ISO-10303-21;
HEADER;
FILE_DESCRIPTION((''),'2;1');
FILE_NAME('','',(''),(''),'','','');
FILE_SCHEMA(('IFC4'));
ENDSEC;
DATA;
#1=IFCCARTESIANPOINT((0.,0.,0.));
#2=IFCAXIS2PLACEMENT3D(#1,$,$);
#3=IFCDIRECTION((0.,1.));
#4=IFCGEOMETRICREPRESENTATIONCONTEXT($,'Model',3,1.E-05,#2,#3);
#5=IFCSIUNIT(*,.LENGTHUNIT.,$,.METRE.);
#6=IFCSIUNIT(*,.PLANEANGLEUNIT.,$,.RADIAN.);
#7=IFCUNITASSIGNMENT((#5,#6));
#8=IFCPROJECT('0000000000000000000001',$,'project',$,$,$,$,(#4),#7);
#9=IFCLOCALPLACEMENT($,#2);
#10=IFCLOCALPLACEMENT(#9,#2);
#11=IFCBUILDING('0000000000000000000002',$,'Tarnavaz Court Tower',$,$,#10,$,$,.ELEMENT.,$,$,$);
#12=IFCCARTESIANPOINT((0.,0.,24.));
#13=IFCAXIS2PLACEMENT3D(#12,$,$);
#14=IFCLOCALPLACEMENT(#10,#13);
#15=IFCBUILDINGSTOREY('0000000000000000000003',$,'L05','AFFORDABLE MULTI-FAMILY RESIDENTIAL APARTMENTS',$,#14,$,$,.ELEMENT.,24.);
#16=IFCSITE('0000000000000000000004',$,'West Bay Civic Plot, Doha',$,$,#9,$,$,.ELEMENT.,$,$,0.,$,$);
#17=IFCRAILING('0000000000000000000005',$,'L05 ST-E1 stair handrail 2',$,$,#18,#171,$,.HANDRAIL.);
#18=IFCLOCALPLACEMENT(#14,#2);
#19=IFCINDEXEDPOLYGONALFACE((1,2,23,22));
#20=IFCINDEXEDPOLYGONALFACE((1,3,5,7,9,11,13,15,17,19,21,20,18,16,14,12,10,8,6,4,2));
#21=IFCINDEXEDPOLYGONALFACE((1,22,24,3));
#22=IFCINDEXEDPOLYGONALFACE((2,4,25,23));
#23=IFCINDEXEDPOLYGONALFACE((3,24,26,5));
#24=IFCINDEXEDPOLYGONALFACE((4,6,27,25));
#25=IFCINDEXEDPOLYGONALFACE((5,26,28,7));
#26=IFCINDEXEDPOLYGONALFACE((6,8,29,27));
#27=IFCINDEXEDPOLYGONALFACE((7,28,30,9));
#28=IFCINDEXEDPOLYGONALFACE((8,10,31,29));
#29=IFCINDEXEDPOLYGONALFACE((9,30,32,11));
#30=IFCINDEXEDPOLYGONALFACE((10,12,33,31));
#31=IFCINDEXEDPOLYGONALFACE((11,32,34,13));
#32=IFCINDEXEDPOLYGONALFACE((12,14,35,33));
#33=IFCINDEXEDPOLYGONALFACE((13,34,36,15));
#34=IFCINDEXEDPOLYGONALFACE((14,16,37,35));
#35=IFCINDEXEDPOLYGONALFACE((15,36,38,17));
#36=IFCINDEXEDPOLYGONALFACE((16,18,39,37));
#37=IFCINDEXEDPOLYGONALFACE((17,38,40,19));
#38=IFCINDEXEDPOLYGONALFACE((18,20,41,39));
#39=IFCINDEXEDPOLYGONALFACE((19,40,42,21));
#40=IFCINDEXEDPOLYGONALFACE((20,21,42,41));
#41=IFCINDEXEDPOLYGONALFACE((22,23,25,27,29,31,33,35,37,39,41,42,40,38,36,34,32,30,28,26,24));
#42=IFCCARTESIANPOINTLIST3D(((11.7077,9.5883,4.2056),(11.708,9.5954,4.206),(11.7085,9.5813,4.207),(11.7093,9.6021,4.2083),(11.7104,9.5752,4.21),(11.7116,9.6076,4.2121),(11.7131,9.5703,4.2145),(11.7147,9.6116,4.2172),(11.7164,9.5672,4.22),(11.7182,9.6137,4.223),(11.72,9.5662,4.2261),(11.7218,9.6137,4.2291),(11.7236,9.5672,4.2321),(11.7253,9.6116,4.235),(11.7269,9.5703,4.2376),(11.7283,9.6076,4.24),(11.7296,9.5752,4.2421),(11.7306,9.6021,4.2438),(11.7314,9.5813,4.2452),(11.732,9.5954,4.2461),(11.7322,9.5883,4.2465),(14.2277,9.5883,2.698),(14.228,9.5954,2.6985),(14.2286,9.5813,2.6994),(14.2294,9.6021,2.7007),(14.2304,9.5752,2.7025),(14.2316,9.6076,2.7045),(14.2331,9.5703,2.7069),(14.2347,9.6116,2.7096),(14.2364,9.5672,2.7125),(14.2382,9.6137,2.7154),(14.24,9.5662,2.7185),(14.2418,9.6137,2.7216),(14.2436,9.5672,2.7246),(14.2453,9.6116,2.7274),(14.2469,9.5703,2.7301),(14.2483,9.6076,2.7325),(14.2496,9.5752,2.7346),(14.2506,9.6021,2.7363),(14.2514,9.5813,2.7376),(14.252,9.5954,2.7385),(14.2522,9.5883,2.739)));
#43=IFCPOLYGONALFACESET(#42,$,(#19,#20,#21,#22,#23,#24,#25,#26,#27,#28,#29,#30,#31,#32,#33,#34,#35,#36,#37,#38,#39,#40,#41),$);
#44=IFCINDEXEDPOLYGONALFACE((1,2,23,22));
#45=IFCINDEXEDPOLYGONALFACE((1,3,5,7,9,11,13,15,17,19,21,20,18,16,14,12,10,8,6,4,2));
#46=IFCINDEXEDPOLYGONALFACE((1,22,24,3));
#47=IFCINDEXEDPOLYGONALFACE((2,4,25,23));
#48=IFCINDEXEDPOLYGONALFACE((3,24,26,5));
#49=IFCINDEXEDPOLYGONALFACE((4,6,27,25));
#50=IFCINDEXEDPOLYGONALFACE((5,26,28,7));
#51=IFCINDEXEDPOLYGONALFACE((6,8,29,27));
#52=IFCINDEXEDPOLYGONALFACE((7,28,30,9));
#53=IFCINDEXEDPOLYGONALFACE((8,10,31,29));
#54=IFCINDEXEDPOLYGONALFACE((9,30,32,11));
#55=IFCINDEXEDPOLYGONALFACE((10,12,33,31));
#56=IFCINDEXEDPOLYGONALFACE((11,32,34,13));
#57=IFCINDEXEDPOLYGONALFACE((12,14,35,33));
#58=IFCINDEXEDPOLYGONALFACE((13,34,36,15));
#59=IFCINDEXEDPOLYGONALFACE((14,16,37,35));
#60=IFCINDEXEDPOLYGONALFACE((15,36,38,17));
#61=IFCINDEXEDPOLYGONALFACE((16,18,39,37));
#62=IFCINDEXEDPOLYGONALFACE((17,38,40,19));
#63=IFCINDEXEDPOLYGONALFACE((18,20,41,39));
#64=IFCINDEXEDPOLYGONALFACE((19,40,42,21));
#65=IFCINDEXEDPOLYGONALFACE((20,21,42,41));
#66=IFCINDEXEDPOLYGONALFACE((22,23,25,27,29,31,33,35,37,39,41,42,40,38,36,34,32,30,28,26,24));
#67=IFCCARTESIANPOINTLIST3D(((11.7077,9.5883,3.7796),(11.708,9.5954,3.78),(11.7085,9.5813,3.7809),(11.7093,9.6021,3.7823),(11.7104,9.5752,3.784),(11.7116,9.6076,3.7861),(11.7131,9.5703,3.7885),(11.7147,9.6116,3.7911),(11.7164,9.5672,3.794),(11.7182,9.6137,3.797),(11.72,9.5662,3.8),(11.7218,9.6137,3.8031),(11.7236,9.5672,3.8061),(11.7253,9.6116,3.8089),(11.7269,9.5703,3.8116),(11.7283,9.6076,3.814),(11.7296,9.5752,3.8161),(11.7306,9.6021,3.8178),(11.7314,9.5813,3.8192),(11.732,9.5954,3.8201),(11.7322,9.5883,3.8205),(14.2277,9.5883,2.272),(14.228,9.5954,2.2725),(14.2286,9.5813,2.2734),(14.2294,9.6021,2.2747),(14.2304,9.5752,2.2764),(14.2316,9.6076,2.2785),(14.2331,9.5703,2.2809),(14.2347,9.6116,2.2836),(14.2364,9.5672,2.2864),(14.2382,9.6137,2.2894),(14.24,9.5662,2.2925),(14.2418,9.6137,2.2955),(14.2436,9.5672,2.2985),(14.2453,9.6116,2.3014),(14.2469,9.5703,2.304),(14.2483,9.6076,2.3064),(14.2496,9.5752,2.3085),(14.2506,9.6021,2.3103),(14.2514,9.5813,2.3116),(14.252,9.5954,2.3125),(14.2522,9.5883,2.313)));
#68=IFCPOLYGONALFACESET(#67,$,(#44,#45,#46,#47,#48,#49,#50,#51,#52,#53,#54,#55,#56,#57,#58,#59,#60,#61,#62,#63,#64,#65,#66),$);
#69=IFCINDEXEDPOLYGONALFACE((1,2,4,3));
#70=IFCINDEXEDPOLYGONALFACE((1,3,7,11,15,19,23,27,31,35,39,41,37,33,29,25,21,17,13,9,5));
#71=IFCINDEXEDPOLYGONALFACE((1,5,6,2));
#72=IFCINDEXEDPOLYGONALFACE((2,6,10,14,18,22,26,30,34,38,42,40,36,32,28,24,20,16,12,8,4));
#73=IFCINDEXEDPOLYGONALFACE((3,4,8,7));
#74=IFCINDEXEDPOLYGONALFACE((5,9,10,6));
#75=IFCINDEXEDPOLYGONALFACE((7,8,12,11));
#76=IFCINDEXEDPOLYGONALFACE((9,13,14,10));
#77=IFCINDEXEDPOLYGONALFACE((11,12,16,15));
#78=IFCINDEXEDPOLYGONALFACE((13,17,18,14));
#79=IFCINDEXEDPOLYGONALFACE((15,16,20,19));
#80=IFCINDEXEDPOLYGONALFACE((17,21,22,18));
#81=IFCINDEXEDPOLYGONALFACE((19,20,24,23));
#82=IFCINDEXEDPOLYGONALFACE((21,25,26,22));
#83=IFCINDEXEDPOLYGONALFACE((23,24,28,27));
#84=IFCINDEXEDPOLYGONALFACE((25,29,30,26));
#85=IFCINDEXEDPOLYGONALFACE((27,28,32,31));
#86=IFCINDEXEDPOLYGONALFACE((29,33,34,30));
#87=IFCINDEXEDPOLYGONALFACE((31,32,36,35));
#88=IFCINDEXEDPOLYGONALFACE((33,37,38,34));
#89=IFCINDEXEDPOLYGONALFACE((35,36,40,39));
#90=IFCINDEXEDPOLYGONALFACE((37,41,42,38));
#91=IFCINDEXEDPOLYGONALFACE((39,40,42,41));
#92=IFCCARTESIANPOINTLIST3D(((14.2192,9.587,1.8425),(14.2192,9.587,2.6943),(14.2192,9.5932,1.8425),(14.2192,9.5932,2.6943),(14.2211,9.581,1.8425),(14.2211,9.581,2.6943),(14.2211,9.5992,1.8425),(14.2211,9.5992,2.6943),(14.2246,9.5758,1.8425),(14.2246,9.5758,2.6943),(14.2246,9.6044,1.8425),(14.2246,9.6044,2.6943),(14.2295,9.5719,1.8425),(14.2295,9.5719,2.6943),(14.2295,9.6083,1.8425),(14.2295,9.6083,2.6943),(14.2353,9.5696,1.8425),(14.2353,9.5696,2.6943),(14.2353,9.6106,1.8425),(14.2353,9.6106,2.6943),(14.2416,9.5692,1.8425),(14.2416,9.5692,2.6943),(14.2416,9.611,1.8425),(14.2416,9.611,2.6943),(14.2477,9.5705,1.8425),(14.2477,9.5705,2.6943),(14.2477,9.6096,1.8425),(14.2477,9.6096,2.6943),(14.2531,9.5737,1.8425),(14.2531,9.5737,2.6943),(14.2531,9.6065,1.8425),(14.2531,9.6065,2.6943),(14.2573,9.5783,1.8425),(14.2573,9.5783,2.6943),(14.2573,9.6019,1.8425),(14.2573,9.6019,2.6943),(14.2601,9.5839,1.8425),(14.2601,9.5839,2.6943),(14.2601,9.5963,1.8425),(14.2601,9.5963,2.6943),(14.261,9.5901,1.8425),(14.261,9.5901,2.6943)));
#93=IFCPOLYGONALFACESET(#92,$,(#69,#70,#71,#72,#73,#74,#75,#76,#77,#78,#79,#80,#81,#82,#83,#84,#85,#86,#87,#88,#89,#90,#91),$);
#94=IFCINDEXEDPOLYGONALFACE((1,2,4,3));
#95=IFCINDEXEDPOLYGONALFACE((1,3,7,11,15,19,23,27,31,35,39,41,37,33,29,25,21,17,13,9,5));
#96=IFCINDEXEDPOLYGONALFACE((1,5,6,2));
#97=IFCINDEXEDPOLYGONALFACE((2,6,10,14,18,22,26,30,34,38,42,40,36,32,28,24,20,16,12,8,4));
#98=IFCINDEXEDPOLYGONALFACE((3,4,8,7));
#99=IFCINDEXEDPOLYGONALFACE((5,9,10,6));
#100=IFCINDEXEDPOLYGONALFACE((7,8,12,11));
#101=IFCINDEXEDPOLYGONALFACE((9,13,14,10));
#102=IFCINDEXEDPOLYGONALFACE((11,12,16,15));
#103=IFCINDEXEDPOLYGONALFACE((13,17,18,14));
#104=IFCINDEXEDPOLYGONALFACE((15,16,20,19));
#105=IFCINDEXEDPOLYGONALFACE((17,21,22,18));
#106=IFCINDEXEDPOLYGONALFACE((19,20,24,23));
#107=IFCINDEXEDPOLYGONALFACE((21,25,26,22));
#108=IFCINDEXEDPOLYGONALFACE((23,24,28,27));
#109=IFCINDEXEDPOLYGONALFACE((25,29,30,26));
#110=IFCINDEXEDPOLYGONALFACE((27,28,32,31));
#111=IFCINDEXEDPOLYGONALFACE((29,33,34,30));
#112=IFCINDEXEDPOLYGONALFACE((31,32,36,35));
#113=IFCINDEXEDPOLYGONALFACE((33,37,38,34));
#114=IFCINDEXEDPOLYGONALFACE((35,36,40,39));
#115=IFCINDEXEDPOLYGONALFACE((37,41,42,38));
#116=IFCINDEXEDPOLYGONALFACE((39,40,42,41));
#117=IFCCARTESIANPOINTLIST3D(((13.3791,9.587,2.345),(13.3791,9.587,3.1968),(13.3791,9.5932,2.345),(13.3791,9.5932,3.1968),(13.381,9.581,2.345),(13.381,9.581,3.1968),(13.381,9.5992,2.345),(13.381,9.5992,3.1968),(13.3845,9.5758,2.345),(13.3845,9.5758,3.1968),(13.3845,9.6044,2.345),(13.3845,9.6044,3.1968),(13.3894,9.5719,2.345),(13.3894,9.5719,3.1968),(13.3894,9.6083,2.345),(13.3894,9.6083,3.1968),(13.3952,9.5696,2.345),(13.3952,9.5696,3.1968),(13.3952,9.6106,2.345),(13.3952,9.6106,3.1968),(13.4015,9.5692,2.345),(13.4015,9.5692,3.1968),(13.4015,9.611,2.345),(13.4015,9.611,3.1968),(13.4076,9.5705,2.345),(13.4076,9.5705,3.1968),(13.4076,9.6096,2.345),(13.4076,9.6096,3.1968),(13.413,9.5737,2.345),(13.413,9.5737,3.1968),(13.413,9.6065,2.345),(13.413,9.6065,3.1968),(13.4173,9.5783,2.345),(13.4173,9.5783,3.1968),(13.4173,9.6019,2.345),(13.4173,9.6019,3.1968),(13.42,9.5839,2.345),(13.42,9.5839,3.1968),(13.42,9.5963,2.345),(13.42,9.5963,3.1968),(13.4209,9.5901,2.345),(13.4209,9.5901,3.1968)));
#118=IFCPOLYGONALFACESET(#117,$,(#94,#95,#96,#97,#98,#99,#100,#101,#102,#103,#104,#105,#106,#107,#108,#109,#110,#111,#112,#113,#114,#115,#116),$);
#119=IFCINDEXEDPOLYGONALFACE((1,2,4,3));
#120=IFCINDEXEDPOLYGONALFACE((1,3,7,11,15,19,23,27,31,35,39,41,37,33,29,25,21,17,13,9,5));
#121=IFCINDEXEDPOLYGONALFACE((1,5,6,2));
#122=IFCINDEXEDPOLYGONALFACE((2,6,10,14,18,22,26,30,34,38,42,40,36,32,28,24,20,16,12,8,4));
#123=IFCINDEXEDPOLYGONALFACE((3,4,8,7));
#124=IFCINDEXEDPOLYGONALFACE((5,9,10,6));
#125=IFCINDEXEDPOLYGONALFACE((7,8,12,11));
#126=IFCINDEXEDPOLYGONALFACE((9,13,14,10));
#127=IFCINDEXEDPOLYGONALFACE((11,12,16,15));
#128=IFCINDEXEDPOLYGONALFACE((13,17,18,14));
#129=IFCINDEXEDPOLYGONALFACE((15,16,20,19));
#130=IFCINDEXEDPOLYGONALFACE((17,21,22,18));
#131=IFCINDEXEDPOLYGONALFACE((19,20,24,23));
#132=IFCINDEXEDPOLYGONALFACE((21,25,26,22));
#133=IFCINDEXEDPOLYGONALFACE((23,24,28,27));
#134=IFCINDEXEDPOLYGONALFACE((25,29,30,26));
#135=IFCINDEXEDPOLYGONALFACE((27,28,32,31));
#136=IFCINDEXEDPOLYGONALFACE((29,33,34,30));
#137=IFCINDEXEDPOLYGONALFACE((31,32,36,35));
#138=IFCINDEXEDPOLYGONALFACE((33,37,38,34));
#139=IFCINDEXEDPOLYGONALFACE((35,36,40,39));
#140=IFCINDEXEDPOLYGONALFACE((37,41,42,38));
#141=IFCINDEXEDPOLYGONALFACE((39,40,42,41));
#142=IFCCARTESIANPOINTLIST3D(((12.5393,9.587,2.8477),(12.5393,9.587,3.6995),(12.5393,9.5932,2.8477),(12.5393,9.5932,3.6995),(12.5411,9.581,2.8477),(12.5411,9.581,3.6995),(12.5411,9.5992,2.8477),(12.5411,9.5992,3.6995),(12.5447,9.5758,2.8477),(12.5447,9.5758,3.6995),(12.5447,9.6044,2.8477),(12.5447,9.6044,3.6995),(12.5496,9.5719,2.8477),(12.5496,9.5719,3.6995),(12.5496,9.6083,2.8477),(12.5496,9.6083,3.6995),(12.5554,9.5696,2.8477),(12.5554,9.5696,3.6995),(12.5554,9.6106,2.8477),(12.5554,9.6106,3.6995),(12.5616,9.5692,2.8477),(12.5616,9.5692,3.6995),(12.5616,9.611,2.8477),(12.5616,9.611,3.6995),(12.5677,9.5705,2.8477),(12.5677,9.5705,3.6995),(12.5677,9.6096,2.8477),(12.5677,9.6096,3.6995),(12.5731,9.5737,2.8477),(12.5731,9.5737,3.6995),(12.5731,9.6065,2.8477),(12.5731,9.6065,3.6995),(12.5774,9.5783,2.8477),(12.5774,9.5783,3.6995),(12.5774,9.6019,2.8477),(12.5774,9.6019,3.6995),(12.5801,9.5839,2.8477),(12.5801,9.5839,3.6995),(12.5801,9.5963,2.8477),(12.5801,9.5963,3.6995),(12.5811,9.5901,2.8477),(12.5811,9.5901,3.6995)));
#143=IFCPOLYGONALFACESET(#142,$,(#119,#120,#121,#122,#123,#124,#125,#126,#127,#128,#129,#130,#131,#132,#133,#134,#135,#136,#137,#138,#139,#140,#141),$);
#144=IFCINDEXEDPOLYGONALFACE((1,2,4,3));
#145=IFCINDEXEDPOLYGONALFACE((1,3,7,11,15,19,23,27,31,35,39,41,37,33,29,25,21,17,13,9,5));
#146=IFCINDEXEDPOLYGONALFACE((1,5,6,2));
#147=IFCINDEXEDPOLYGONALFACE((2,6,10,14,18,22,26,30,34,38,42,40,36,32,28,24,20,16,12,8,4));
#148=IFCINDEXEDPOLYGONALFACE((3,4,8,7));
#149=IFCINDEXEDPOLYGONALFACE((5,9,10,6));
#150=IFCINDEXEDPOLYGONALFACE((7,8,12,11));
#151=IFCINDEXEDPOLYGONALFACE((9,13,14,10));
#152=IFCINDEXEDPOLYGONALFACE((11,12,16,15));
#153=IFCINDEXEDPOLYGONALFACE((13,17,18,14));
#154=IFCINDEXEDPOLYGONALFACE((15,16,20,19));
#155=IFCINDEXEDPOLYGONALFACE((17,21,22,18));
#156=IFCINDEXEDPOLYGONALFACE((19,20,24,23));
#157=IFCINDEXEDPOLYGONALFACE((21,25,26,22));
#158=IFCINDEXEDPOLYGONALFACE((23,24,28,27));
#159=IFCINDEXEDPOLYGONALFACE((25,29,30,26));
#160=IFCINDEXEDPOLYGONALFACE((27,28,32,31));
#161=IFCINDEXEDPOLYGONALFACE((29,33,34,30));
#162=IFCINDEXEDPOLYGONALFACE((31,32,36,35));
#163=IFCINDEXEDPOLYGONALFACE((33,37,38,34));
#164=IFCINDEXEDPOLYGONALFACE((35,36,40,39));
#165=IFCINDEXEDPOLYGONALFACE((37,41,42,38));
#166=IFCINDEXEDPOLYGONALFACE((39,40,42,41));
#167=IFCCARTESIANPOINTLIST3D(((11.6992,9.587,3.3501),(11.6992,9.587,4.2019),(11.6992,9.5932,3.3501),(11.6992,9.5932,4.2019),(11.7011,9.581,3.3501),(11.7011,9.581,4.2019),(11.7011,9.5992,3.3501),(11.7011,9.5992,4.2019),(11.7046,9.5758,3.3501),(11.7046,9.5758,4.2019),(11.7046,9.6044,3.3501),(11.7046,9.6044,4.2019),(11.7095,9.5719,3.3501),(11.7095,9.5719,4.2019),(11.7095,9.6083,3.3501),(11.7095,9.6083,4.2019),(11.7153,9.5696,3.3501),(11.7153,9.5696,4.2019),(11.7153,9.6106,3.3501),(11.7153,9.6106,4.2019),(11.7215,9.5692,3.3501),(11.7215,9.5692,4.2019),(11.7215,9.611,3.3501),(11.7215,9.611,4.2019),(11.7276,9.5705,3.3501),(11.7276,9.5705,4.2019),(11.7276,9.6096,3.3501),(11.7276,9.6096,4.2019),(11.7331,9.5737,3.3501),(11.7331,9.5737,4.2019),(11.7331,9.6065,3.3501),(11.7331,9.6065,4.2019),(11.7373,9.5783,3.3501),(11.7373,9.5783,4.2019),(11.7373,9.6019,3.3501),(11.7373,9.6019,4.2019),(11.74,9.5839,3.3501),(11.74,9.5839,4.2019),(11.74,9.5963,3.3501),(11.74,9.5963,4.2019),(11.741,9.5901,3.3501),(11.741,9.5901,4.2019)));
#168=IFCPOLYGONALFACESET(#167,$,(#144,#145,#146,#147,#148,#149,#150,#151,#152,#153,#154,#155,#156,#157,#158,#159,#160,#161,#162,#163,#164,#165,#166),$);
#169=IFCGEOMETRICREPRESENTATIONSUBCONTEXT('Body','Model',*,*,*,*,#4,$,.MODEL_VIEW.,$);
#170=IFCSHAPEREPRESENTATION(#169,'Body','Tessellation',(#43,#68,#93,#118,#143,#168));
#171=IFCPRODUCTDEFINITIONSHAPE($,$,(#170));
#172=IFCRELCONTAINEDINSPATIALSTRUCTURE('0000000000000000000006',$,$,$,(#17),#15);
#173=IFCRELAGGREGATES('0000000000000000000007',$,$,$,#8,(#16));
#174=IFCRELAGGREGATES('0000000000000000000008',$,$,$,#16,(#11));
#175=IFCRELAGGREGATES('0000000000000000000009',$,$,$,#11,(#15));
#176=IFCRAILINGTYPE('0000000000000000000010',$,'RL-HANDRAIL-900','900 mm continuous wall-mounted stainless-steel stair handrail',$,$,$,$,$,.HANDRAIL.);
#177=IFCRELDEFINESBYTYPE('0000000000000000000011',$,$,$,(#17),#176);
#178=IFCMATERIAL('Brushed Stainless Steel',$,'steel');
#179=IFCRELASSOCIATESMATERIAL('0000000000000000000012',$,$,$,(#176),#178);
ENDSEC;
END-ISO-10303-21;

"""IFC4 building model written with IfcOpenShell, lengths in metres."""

from ifc_helpers import new_model, si_unit, direction, frame, origin, origin_2d, place, context, subcontext, project, spatial, circle, extrude, material, type_object, element, save


model = new_model("IFC4")

# Units and contexts
model_context = context("Model", 3, precision=1e-05, world=origin(), true_north=direction((0.0, 1.0)))
body_context = subcontext(model_context, "Body", "Model", "MODEL_VIEW")
ifc_project = project(units=[si_unit("LENGTHUNIT", "METRE"), si_unit("PLANEANGLEUNIT", "RADIAN")], contexts=[model_context])

# Site, building, storey
site_placement = place(None, origin())
site = spatial("IfcSite", under=ifc_project, at=site_placement, Name="West Bay Civic Plot, Doha", CompositionType="ELEMENT", RefElevation=0.0)
building_placement = place(site_placement, origin())
building = spatial("IfcBuilding", under=site, at=building_placement, Name="Tarnavaz Court Tower", CompositionType="ELEMENT")
storey_placement = place(building_placement, frame((0.0, 0.0, 24.0)))
storey = spatial("IfcBuildingStorey", under=building, at=storey_placement, Name="L05", Description="AFFORDABLE MULTI-FAMILY RESIDENTIAL APARTMENTS", CompositionType="ELEMENT", Elevation=24.0)

# Railing
ifc_material_1 = material(Name="Brushed Stainless Steel", Category="steel")
railing_type_1 = type_object("IfcRailingType", Name="RL-HANDRAIL-900", Description="900 mm continuous wall-mounted stainless-steel stair handrail", PredefinedType="HANDRAIL", material=ifc_material_1)
railing_1_placement = place(storey_placement, frame((14.24, 9.5901, 1.8425)))
element("IfcRailing", 1, at=railing_1_placement, inside=storey, type_object=railing_type_1, Name="L05 ST-E1 stair handrail 2", PredefinedType="HANDRAIL", context=body_context, shape_type="SweptSolid", body=[
    extrude(circle(Radius=0.0239, at=origin_2d()), frame((0.0, 0.0, 0.876), z_axis=(-0.85816, 0.0, 0.513383), x_axis=(0.0, -1.0, 0.0)), (0.0, 0.0, 1.0), 2.9365),
    extrude(circle(Radius=0.0239, at=origin_2d()), frame((0.0, 0.0, 0.45), z_axis=(-0.85816, 0.0, 0.513383), x_axis=(0.0, -1.0, 0.0)), (0.0, 0.0, 1.0), 2.9365),
    extrude(circle(Radius=0.021, at=origin_2d()), origin(), (0.0, 0.0, 1.0), 0.8518),
    extrude(circle(Radius=0.021, at=origin_2d()), frame((-0.8401, 0.0, 0.5024)), (0.0, 0.0, 1.0), 0.8518),
    extrude(circle(Radius=0.021, at=origin_2d()), frame((-1.6799, 0.0, 1.0051)), (0.0, 0.0, 1.0), 0.8518),
    extrude(circle(Radius=0.021, at=origin_2d()), frame((-2.52, 0.0, 1.5076)), (0.0, 0.0, 1.0), 0.8518),
])

save(model, "model.ifc")
